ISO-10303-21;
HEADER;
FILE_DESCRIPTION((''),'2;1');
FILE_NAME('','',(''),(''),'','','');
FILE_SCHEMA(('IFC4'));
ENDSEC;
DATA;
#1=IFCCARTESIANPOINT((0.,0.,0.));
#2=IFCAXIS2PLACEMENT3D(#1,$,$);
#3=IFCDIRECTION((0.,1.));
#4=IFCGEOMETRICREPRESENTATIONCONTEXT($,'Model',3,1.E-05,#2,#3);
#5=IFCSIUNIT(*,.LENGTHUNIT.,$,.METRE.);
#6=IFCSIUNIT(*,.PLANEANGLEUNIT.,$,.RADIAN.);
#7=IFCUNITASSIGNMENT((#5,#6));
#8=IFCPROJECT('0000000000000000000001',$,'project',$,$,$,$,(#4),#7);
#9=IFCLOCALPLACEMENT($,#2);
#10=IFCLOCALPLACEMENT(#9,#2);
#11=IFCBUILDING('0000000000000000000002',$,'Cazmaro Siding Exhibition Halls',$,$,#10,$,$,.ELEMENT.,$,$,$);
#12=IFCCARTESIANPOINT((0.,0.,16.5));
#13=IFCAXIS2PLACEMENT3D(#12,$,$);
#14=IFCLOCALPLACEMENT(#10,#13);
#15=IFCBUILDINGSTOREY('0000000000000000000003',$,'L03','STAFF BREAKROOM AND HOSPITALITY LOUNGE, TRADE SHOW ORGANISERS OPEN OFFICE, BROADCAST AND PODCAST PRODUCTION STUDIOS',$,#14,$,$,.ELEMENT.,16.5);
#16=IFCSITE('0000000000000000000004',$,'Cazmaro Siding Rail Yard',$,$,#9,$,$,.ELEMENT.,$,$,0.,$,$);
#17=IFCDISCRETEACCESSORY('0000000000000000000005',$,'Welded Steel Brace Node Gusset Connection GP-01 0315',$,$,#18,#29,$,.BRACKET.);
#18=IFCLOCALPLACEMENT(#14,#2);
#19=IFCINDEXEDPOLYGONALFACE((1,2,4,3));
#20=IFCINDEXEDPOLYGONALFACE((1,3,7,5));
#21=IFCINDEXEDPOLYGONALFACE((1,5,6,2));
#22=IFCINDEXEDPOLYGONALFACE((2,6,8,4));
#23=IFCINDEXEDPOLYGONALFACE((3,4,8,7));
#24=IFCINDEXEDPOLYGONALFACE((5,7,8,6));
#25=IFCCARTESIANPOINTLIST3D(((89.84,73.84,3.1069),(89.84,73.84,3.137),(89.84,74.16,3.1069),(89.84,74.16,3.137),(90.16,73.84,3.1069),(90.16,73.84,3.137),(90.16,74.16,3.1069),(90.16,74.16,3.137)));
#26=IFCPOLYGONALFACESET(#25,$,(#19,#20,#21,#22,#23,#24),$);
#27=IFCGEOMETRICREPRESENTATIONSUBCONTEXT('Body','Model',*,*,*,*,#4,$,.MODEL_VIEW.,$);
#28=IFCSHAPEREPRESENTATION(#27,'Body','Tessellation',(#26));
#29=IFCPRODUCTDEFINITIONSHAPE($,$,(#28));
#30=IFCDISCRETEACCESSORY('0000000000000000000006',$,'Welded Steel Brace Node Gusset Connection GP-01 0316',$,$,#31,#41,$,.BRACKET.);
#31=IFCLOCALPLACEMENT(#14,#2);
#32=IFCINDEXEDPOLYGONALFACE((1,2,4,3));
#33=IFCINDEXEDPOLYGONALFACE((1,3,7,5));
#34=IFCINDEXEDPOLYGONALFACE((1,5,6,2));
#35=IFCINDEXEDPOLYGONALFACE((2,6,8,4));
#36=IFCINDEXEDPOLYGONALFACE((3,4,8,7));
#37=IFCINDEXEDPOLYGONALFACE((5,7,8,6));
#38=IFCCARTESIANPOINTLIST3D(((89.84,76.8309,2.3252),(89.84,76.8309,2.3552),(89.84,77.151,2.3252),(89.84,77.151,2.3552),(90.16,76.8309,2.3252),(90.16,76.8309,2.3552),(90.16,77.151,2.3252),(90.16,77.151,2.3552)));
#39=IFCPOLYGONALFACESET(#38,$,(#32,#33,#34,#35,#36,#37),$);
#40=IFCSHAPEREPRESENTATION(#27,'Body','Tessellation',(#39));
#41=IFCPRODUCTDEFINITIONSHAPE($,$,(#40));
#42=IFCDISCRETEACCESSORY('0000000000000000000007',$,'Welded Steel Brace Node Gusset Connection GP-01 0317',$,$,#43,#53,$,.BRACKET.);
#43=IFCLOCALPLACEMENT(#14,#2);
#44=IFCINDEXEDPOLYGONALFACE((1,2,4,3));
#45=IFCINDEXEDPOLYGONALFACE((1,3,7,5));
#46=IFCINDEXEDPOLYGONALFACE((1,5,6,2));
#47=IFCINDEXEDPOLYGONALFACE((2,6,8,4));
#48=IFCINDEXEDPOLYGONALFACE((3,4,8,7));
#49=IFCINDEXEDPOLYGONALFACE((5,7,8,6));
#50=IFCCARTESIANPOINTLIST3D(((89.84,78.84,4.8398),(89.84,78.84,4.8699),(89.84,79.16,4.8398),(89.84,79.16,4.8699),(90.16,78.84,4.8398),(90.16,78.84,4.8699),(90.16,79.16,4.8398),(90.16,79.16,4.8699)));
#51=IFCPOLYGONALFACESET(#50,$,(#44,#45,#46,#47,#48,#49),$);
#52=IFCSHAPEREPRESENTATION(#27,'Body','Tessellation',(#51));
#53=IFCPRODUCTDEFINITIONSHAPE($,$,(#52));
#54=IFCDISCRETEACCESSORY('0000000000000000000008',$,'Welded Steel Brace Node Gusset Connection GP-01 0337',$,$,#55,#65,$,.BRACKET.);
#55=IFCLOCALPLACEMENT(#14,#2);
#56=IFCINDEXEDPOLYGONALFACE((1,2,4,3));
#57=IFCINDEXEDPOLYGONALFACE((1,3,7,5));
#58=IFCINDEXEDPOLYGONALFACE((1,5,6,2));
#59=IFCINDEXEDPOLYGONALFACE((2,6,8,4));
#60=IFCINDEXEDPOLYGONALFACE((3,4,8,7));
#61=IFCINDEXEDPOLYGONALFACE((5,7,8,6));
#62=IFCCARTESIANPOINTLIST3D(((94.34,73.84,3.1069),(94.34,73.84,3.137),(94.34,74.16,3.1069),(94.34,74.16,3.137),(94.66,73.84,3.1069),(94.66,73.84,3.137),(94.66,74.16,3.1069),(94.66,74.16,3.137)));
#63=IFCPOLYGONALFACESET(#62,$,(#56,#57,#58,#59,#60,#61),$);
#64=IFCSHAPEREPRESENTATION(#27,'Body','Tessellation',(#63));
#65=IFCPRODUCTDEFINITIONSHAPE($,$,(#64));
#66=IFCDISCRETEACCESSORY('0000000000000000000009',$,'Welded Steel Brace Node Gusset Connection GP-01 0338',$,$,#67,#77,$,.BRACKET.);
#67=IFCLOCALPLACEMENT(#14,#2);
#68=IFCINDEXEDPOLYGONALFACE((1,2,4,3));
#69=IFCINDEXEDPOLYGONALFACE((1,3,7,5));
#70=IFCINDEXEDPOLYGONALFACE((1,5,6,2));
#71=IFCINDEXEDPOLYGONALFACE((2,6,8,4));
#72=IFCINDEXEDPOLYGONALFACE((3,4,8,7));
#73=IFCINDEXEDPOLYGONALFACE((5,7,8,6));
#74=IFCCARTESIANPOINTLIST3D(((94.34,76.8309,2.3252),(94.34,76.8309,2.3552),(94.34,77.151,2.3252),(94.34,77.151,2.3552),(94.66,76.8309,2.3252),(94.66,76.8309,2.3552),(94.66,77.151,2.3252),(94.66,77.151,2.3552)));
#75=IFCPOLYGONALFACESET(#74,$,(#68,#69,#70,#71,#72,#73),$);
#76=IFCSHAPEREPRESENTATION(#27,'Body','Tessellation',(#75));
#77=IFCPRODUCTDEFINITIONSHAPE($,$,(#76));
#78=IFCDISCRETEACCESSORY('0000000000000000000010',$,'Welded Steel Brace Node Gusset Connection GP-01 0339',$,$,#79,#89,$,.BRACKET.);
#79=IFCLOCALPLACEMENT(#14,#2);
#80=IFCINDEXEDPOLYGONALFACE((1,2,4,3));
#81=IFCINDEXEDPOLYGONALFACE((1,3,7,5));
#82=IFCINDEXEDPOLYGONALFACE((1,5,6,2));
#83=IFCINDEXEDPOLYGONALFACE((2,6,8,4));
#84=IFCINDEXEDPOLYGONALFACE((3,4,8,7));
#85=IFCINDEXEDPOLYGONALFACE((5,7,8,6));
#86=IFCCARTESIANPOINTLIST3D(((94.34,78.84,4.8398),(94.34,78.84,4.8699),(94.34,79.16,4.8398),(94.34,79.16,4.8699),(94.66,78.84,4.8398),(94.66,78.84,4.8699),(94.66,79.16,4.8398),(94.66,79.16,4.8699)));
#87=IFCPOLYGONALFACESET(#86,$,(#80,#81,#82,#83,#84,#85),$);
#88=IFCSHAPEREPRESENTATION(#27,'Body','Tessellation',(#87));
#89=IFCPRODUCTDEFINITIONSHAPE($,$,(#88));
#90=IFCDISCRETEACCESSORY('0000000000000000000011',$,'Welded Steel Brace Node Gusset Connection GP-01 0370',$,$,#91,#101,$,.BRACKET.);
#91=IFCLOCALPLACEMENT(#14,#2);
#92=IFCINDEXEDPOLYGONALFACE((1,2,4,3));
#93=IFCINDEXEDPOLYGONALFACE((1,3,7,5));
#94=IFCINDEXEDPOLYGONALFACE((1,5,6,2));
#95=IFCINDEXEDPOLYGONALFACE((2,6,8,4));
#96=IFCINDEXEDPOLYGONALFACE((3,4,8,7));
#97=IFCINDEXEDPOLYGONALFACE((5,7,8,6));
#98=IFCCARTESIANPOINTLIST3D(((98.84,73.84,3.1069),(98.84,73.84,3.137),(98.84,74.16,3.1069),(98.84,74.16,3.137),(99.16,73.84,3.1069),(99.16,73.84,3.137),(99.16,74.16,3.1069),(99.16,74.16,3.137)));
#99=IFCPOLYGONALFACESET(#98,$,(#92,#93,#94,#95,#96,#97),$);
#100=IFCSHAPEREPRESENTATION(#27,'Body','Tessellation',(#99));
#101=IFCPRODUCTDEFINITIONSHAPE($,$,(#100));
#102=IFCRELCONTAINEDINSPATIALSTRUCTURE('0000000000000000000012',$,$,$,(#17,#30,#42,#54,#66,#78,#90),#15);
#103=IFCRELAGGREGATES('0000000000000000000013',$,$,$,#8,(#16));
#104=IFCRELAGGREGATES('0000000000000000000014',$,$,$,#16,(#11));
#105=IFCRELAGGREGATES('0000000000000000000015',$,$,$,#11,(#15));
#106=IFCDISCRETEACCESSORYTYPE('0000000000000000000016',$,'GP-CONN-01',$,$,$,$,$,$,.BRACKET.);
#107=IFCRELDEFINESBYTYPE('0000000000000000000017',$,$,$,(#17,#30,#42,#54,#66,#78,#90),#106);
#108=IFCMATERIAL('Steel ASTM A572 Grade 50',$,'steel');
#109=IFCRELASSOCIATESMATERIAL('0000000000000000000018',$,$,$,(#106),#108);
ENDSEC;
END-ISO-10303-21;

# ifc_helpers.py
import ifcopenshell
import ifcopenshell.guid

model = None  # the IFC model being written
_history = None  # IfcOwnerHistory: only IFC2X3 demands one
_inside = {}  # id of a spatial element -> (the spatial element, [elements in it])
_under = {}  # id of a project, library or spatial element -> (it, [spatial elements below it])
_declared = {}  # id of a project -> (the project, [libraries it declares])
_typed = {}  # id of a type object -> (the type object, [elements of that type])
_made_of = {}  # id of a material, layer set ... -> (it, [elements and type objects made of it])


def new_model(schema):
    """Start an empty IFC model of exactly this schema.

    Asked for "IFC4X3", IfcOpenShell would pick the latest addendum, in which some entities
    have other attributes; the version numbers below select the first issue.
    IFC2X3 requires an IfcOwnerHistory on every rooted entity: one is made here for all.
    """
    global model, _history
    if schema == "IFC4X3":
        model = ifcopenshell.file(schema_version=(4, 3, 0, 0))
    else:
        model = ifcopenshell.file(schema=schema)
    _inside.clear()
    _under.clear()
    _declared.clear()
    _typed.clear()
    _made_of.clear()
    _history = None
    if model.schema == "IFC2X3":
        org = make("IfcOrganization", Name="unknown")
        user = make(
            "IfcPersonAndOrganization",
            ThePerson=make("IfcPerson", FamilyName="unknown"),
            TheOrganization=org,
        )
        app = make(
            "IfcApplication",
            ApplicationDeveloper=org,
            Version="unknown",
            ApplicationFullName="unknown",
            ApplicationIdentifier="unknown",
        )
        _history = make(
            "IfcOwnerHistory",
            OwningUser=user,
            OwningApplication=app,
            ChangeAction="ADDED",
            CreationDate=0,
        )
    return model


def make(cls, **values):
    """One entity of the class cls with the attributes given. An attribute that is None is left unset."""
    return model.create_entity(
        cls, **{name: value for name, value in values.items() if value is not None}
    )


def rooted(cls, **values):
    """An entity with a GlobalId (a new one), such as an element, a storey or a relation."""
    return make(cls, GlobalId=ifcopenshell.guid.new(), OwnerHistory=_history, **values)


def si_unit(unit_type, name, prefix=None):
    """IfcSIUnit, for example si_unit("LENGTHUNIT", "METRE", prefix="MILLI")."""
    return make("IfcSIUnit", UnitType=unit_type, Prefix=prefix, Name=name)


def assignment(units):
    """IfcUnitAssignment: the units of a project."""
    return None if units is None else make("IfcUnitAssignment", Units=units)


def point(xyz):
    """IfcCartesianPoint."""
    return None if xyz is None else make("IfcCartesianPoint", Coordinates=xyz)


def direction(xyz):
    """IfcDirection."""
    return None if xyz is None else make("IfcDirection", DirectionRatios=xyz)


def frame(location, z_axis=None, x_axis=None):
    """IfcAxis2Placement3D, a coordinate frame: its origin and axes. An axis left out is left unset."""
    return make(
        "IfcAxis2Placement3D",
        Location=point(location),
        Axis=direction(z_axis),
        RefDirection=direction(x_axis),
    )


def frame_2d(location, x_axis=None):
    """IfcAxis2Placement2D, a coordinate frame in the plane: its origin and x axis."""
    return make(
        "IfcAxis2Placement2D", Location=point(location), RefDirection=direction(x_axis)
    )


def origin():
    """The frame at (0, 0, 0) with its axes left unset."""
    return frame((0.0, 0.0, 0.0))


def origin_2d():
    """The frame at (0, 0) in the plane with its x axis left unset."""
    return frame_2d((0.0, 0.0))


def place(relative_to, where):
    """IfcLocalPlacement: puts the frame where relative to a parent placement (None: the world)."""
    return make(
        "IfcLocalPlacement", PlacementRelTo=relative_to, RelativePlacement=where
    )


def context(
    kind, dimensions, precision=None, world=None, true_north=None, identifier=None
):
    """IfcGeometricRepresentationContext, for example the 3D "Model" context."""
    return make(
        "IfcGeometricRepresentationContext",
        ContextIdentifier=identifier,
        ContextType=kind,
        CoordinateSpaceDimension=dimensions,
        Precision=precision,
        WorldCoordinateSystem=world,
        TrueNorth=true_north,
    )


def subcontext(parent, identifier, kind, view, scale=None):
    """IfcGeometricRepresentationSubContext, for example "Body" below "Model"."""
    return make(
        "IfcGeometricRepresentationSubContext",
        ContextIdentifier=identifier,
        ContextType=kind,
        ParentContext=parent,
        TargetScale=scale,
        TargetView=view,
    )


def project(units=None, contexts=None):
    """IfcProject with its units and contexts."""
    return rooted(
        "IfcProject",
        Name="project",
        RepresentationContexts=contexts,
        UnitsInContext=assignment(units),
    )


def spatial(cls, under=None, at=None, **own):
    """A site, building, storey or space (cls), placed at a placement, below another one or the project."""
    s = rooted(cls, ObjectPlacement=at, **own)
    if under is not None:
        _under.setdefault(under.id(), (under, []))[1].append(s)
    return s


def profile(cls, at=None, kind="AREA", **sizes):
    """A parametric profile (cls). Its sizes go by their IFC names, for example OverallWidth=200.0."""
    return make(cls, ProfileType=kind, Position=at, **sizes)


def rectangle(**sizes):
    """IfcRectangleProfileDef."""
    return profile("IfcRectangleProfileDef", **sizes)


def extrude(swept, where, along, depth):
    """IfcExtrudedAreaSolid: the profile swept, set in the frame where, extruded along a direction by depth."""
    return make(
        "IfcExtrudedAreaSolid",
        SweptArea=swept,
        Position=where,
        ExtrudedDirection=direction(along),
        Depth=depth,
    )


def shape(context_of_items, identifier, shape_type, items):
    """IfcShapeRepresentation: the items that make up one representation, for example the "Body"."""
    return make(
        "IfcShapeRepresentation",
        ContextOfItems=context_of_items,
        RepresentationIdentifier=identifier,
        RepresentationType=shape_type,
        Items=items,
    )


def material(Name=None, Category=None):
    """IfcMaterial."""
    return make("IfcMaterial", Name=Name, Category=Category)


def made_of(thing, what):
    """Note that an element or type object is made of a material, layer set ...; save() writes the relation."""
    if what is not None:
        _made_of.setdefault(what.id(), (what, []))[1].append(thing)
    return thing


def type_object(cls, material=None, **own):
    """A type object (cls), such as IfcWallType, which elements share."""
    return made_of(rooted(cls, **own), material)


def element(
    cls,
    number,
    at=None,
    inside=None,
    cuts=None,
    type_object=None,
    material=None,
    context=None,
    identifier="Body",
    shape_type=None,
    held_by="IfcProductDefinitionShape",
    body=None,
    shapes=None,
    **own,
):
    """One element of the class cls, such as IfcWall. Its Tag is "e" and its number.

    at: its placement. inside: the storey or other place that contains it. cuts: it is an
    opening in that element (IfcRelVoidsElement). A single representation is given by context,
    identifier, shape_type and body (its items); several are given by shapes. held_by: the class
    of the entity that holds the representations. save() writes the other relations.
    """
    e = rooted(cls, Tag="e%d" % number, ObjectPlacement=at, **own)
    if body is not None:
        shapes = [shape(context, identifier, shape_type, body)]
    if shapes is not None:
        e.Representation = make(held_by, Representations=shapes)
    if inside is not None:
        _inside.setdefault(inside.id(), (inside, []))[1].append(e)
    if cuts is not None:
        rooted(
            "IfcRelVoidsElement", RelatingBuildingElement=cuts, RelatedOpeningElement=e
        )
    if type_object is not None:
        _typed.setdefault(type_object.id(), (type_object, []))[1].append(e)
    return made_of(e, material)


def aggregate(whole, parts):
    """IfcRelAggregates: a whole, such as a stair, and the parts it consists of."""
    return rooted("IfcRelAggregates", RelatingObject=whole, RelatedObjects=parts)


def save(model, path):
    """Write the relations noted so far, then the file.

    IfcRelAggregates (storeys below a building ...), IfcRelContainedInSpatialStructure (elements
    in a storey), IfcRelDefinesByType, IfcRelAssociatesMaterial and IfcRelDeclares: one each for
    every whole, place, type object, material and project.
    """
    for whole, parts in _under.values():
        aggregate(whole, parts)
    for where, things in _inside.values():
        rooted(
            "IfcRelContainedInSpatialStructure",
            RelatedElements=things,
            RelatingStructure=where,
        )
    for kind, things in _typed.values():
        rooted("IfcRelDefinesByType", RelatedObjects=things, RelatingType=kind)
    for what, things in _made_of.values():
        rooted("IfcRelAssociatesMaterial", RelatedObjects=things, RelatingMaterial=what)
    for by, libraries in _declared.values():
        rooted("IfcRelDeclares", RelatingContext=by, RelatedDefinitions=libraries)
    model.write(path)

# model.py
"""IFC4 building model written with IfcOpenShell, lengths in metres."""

from ifc_helpers import new_model, si_unit, direction, frame, origin, origin_2d, place, context, subcontext, project, spatial, rectangle, extrude, material, type_object, element, save


model = new_model("IFC4")

# Units and contexts
model_context = context("Model", 3, precision=1e-05, world=origin(), true_north=direction((0.0, 1.0)))
body_context = subcontext(model_context, "Body", "Model", "MODEL_VIEW")
ifc_project = project(units=[si_unit("LENGTHUNIT", "METRE"), si_unit("PLANEANGLEUNIT", "RADIAN")], contexts=[model_context])

# Site, building, storey
site_placement = place(None, origin())
site = spatial("IfcSite", under=ifc_project, at=site_placement, Name="Cazmaro Siding Rail Yard", CompositionType="ELEMENT", RefElevation=0.0)
building_placement = place(site_placement, origin())
building = spatial("IfcBuilding", under=site, at=building_placement, Name="Cazmaro Siding Exhibition Halls", CompositionType="ELEMENT")
storey_placement = place(building_placement, frame((0.0, 0.0, 16.5)))
storey = spatial("IfcBuildingStorey", under=building, at=storey_placement, Name="L03", Description="STAFF BREAKROOM AND HOSPITALITY LOUNGE, TRADE SHOW ORGANISERS OPEN OFFICE, BROADCAST AND PODCAST PRODUCTION STUDIOS", CompositionType="ELEMENT", Elevation=16.5)

# Discrete accessories
ifc_material_1 = material(Name="Steel ASTM A572 Grade 50", Category="steel")
discrete_accessory_type = type_object("IfcDiscreteAccessoryType", Name="GP-CONN-01", PredefinedType="BRACKET", material=ifc_material_1)
for number, where, z_axis, x_axis, name in (
    (1, (90.0, 74.0, 3.1069), (0.0, 0.0, 1.0), (1.0, 0.0, 0.0), "Welded Steel Brace Node Gusset Connection GP-01 0315"),
    (2, (90.0, 76.991, 2.3252), (0.0, 0.0, 1.0), (1.0, 0.0, 0.0), "Welded Steel Brace Node Gusset Connection GP-01 0316"),
    (3, (90.0, 79.0, 4.8398), (0.0, 0.0, 1.0), (1.0, 0.0, 0.0), "Welded Steel Brace Node Gusset Connection GP-01 0317"),
    (4, (94.5, 74.0, 3.1069), (0.0, 0.0, 1.0), (1.0, 0.0, 0.0), "Welded Steel Brace Node Gusset Connection GP-01 0337"),
    (5, (94.5, 76.991, 2.3252), (0.0, 0.0, 1.0), (1.0, 0.0, 0.0), "Welded Steel Brace Node Gusset Connection GP-01 0338"),
    (6, (94.5, 79.0, 4.8398), (0.0, 0.0, 1.0), (1.0, 0.0, 0.0), "Welded Steel Brace Node Gusset Connection GP-01 0339"),
    (7, (99.0, 74.0, 3.1069), (0.0, 0.0, 1.0), (1.0, 0.0, 0.0), "Welded Steel Brace Node Gusset Connection GP-01 0370"),
):
    element("IfcDiscreteAccessory", number, at=place(storey_placement, frame(where, z_axis=z_axis, x_axis=x_axis)), inside=storey, type_object=discrete_accessory_type, Name=name, PredefinedType="BRACKET", context=body_context, shape_type="SweptSolid", body=[
        extrude(rectangle(XDim=0.3201, YDim=0.3201, at=origin_2d()), origin(), (0.0, 0.0, 1.0), 0.03),
    ])

save(model, "model.ifc")
